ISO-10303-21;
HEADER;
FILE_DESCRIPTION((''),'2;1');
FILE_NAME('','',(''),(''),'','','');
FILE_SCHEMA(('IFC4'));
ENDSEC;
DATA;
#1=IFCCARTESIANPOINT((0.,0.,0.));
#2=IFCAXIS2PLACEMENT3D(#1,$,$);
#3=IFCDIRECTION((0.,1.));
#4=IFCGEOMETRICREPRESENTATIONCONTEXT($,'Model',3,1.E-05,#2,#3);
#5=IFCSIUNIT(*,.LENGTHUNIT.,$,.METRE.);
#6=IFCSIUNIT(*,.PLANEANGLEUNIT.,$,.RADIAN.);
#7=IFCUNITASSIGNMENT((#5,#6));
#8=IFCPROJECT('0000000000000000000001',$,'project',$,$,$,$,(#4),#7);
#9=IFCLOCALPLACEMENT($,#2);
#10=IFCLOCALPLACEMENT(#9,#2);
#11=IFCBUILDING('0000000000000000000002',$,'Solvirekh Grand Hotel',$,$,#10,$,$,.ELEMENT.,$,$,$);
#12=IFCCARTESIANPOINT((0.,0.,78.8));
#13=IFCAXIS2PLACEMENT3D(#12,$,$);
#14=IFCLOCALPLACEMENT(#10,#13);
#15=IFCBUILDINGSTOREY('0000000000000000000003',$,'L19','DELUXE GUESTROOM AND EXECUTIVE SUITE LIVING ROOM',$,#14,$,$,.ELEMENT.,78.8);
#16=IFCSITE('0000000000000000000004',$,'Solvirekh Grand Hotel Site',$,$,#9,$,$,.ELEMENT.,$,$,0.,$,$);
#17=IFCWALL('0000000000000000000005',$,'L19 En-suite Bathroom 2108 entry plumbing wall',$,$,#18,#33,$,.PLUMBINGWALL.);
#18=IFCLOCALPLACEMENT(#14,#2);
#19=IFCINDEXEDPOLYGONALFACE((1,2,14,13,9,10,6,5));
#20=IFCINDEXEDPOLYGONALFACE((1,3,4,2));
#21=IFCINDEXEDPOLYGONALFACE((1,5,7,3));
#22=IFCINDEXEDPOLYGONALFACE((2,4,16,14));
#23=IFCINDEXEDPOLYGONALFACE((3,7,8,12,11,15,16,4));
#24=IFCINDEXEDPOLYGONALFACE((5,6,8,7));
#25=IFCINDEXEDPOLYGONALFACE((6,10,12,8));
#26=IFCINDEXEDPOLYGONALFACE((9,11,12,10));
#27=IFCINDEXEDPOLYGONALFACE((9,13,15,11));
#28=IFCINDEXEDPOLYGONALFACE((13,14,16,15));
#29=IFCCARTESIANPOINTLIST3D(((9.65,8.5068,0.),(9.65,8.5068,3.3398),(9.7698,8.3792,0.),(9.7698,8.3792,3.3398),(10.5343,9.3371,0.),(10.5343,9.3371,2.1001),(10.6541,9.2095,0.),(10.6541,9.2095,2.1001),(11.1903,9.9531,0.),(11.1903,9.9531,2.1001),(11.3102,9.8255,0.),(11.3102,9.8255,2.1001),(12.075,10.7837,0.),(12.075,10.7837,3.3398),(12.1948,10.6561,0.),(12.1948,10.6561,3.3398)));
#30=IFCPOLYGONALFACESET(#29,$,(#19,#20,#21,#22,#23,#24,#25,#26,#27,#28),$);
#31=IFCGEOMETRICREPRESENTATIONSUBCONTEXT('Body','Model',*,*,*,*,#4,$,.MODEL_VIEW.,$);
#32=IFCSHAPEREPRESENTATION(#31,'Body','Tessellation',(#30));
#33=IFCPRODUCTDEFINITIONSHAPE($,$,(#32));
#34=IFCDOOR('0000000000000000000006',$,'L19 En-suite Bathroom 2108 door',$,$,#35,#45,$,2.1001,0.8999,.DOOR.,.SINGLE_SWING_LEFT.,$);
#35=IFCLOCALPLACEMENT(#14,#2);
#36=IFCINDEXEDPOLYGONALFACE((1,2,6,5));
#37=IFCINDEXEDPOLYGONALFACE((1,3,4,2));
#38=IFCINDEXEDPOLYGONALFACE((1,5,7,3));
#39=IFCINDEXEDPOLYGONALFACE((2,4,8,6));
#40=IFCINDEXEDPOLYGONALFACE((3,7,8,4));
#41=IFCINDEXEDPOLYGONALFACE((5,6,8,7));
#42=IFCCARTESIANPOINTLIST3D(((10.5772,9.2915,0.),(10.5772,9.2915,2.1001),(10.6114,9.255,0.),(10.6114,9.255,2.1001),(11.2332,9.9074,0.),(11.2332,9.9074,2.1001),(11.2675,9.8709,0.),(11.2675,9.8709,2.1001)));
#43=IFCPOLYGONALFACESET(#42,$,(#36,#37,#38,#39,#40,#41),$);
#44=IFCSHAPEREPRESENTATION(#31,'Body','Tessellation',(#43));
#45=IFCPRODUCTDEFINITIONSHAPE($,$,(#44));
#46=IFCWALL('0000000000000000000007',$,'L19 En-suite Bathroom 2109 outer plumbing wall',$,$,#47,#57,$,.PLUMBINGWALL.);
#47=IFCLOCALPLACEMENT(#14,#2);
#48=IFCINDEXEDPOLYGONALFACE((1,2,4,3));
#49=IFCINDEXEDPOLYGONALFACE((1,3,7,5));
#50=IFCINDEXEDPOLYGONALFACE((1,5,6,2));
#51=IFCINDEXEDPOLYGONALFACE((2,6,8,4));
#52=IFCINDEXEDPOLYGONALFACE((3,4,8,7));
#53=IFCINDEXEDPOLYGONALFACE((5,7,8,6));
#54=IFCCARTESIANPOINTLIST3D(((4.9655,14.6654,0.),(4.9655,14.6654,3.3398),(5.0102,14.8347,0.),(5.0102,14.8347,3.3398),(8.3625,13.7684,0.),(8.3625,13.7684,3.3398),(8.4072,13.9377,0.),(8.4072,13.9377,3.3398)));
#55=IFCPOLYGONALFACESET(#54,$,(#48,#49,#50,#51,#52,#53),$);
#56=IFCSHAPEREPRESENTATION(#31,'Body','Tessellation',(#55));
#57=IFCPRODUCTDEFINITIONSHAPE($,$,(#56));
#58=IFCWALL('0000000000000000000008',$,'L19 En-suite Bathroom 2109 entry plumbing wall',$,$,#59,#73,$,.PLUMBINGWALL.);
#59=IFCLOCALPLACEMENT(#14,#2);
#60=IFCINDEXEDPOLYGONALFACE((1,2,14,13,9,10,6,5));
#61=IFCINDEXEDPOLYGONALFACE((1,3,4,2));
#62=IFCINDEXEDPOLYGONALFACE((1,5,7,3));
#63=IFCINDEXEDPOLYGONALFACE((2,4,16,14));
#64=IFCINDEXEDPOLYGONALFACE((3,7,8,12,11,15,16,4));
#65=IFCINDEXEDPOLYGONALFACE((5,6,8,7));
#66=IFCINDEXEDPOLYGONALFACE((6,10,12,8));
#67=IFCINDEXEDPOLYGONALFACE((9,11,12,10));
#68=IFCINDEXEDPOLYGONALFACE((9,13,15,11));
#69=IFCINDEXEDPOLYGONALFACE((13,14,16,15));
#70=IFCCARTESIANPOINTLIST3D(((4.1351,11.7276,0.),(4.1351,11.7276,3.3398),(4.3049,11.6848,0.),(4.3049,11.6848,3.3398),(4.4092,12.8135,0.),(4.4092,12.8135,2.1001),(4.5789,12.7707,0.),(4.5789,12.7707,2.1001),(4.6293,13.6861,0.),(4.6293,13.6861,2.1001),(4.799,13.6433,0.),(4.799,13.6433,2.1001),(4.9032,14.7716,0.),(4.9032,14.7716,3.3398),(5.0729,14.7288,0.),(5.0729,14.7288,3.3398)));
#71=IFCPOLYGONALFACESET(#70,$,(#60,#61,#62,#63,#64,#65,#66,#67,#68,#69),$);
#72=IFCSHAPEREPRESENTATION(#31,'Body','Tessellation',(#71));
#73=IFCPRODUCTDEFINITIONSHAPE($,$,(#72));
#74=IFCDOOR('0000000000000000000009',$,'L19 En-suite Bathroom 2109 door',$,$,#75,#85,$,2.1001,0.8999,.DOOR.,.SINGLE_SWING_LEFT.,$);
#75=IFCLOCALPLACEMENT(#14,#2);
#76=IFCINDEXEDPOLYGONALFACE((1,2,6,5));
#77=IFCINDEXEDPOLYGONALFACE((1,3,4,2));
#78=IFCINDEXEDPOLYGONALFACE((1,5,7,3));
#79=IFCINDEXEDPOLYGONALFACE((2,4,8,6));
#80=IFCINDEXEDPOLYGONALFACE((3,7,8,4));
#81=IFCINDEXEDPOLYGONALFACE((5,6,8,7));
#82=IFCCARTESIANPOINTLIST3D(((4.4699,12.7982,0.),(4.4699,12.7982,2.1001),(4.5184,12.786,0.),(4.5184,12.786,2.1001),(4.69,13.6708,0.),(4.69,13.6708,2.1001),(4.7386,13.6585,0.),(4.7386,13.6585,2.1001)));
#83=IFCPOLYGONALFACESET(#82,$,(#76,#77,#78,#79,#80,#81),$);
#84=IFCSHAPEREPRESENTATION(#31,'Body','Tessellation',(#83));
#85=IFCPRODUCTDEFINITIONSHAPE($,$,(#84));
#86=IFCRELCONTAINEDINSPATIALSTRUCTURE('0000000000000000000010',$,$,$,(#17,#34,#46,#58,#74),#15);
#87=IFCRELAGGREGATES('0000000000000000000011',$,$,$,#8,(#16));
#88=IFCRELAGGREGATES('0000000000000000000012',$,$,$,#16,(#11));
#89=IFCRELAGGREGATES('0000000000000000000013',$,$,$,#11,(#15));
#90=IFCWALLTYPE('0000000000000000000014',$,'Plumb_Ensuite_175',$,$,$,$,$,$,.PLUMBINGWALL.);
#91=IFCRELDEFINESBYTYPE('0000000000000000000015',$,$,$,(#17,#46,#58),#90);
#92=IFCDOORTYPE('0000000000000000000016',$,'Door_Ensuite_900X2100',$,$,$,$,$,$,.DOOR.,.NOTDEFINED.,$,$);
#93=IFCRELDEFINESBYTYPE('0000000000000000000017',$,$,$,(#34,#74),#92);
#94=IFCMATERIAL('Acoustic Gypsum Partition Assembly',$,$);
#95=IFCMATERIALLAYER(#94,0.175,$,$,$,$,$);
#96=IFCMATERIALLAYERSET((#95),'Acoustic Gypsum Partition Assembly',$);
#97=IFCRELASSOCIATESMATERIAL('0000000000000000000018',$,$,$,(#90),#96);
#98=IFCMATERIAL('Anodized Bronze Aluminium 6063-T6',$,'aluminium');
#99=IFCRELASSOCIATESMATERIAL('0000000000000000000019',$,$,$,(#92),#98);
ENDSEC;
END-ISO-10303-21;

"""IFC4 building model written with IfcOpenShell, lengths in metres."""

from ifc_helpers import new_model, si_unit, direction, frame, frame_2d, origin, place, context, subcontext, project, spatial, rectangle, extrude, material, layer, layer_set, type_object, element, fill, save


model = new_model("IFC4")

# Units and contexts
model_context = context("Model", 3, precision=1e-05, world=origin(), true_north=direction((0.0, 1.0)))
body_context = subcontext(model_context, "Body", "Model", "MODEL_VIEW")
ifc_project = project(units=[si_unit("LENGTHUNIT", "METRE"), si_unit("PLANEANGLEUNIT", "RADIAN")], contexts=[model_context])

# Site, building, storey
site_placement = place(None, origin())
site = spatial("IfcSite", under=ifc_project, at=site_placement, Name="Solvirekh Grand Hotel Site", CompositionType="ELEMENT", RefElevation=0.0)
building_placement = place(site_placement, origin())
building = spatial("IfcBuilding", under=site, at=building_placement, Name="Solvirekh Grand Hotel", CompositionType="ELEMENT")
storey_placement = place(building_placement, frame((0.0, 0.0, 78.8)))
storey = spatial("IfcBuildingStorey", under=building, at=storey_placement, Name="L19", Description="DELUXE GUESTROOM AND EXECUTIVE SUITE LIVING ROOM", CompositionType="ELEMENT", Elevation=78.8)

# Shared definitions
ifc_material_1 = material(Name="Anodized Bronze Aluminium 6063-T6", Category="aluminium")

# Shared definitions
ifc_material_2 = material(Name="Acoustic Gypsum Partition Assembly")

# Wall, opening, door
ifc_layer_1 = layer(ifc_material_2, 0.175)
ifc_layer_set_1 = layer_set([ifc_layer_1], Name="Acoustic Gypsum Partition Assembly")
wall_type_1 = type_object("IfcWallType", Name="Plumb_Ensuite_175", PredefinedType="PLUMBINGWALL", material=ifc_layer_set_1)
wall_1_placement = place(storey_placement, frame((9.71, 8.4431, 0.0), z_axis=(0.0, 0.0, 1.0), x_axis=(0.729031, 0.68448, 0.0)))
wall_1 = element("IfcWall", 1, at=wall_1_placement, inside=storey, type_object=wall_type_1, Name="L19 En-suite Bathroom 2108 entry plumbing wall", PredefinedType="PLUMBINGWALL", context=body_context, shape_type="SweptSolid", body=[
    extrude(rectangle(XDim=3.3264, YDim=0.175, at=frame_2d((1.6631, 0.0))), origin(), (0.0, 0.0, 1.0), 3.3398),
])
opening_1_placement = place(wall_1_placement, frame((1.2129, 0.0, 0.0)))
opening_1 = element("IfcOpeningElement", 2, at=opening_1_placement, cuts=wall_1, PredefinedType="OPENING", context=body_context, shape_type="SweptSolid", body=[
    extrude(rectangle(XDim=0.8999, YDim=2.1001, at=frame_2d((0.45, 1.05))), frame((0.0, 0.0977, 0.0), z_axis=(0.0, -1.0, 0.0), x_axis=(1.0, 0.0, 0.0)), (0.0, 0.0, 1.0), 0.1951),
])
door_type_1 = type_object("IfcDoorType", Name="Door_Ensuite_900X2100", OperationType="NOTDEFINED", PredefinedType="DOOR", material=ifc_material_1)
door_1_placement = place(opening_1_placement, origin())
door_1 = element("IfcDoor", 3, at=door_1_placement, inside=storey, type_object=door_type_1, Name="L19 En-suite Bathroom 2108 door", OperationType="SINGLE_SWING_LEFT", OverallHeight=2.1001, OverallWidth=0.8999, PredefinedType="DOOR", context=body_context, shape_type="SweptSolid", body=[
    extrude(rectangle(XDim=0.8999, YDim=2.1001, at=frame_2d((0.45, 1.05))), frame((0.0, 0.0249, 0.0), z_axis=(0.0, -1.0, 0.0), x_axis=(1.0, 0.0, 0.0)), (0.0, 0.0, 1.0), 0.05),
])
fill(opening_1, door_1)

# Wall
wall_2_placement = place(storey_placement, frame((8.385, 13.853, 0.0), z_axis=(0.0, 0.0, 1.0), x_axis=(-0.966862, 0.2553, 0.0)))
element("IfcWall", 4, at=wall_2_placement, inside=storey, type_object=wall_type_1, Name="L19 En-suite Bathroom 2109 outer plumbing wall", PredefinedType="PLUMBINGWALL", context=body_context, shape_type="SweptSolid", body=[
    extrude(rectangle(XDim=3.5134, YDim=0.175, at=frame_2d((1.7568, 0.0))), origin(), (0.0, 0.0, 1.0), 3.3398),
])

# Wall, opening, door
wall_3_placement = place(storey_placement, frame((4.22, 11.7061, 0.0), z_axis=(0.0, 0.0, 1.0), x_axis=(0.244658, 0.96961, 0.0)))
wall_3 = element("IfcWall", 5, at=wall_3_placement, inside=storey, type_object=wall_type_1, Name="L19 En-suite Bathroom 2109 entry plumbing wall", PredefinedType="PLUMBINGWALL", context=body_context, shape_type="SweptSolid", body=[
    extrude(rectangle(XDim=3.1394, YDim=0.175, at=frame_2d((1.5698, 0.0))), origin(), (0.0, 0.0, 1.0), 3.3398),
])
opening_2_placement = place(wall_3_placement, frame((1.1201, 0.0, 0.0)))
opening_2 = element("IfcOpeningElement", 6, at=opening_2_placement, cuts=wall_3, PredefinedType="OPENING", context=body_context, shape_type="SweptSolid", body=[
    extrude(rectangle(XDim=0.8999, YDim=2.1001, at=frame_2d((0.45, 1.05))), frame((0.0, 0.0977, 0.0), z_axis=(0.0, -1.0, 0.0), x_axis=(1.0, 0.0, 0.0)), (0.0, 0.0, 1.0), 0.1951),
])
door_2_placement = place(opening_2_placement, origin())
door_2 = element("IfcDoor", 7, at=door_2_placement, inside=storey, type_object=door_type_1, Name="L19 En-suite Bathroom 2109 door", OperationType="SINGLE_SWING_LEFT", OverallHeight=2.1001, OverallWidth=0.8999, PredefinedType="DOOR", context=body_context, shape_type="SweptSolid", body=[
    extrude(rectangle(XDim=0.8999, YDim=2.1001, at=frame_2d((0.45, 1.05))), frame((0.0, 0.0249, 0.0), z_axis=(0.0, -1.0, 0.0), x_axis=(1.0, 0.0, 0.0)), (0.0, 0.0, 1.0), 0.05),
])
fill(opening_2, door_2)

save(model, "model.ifc")
